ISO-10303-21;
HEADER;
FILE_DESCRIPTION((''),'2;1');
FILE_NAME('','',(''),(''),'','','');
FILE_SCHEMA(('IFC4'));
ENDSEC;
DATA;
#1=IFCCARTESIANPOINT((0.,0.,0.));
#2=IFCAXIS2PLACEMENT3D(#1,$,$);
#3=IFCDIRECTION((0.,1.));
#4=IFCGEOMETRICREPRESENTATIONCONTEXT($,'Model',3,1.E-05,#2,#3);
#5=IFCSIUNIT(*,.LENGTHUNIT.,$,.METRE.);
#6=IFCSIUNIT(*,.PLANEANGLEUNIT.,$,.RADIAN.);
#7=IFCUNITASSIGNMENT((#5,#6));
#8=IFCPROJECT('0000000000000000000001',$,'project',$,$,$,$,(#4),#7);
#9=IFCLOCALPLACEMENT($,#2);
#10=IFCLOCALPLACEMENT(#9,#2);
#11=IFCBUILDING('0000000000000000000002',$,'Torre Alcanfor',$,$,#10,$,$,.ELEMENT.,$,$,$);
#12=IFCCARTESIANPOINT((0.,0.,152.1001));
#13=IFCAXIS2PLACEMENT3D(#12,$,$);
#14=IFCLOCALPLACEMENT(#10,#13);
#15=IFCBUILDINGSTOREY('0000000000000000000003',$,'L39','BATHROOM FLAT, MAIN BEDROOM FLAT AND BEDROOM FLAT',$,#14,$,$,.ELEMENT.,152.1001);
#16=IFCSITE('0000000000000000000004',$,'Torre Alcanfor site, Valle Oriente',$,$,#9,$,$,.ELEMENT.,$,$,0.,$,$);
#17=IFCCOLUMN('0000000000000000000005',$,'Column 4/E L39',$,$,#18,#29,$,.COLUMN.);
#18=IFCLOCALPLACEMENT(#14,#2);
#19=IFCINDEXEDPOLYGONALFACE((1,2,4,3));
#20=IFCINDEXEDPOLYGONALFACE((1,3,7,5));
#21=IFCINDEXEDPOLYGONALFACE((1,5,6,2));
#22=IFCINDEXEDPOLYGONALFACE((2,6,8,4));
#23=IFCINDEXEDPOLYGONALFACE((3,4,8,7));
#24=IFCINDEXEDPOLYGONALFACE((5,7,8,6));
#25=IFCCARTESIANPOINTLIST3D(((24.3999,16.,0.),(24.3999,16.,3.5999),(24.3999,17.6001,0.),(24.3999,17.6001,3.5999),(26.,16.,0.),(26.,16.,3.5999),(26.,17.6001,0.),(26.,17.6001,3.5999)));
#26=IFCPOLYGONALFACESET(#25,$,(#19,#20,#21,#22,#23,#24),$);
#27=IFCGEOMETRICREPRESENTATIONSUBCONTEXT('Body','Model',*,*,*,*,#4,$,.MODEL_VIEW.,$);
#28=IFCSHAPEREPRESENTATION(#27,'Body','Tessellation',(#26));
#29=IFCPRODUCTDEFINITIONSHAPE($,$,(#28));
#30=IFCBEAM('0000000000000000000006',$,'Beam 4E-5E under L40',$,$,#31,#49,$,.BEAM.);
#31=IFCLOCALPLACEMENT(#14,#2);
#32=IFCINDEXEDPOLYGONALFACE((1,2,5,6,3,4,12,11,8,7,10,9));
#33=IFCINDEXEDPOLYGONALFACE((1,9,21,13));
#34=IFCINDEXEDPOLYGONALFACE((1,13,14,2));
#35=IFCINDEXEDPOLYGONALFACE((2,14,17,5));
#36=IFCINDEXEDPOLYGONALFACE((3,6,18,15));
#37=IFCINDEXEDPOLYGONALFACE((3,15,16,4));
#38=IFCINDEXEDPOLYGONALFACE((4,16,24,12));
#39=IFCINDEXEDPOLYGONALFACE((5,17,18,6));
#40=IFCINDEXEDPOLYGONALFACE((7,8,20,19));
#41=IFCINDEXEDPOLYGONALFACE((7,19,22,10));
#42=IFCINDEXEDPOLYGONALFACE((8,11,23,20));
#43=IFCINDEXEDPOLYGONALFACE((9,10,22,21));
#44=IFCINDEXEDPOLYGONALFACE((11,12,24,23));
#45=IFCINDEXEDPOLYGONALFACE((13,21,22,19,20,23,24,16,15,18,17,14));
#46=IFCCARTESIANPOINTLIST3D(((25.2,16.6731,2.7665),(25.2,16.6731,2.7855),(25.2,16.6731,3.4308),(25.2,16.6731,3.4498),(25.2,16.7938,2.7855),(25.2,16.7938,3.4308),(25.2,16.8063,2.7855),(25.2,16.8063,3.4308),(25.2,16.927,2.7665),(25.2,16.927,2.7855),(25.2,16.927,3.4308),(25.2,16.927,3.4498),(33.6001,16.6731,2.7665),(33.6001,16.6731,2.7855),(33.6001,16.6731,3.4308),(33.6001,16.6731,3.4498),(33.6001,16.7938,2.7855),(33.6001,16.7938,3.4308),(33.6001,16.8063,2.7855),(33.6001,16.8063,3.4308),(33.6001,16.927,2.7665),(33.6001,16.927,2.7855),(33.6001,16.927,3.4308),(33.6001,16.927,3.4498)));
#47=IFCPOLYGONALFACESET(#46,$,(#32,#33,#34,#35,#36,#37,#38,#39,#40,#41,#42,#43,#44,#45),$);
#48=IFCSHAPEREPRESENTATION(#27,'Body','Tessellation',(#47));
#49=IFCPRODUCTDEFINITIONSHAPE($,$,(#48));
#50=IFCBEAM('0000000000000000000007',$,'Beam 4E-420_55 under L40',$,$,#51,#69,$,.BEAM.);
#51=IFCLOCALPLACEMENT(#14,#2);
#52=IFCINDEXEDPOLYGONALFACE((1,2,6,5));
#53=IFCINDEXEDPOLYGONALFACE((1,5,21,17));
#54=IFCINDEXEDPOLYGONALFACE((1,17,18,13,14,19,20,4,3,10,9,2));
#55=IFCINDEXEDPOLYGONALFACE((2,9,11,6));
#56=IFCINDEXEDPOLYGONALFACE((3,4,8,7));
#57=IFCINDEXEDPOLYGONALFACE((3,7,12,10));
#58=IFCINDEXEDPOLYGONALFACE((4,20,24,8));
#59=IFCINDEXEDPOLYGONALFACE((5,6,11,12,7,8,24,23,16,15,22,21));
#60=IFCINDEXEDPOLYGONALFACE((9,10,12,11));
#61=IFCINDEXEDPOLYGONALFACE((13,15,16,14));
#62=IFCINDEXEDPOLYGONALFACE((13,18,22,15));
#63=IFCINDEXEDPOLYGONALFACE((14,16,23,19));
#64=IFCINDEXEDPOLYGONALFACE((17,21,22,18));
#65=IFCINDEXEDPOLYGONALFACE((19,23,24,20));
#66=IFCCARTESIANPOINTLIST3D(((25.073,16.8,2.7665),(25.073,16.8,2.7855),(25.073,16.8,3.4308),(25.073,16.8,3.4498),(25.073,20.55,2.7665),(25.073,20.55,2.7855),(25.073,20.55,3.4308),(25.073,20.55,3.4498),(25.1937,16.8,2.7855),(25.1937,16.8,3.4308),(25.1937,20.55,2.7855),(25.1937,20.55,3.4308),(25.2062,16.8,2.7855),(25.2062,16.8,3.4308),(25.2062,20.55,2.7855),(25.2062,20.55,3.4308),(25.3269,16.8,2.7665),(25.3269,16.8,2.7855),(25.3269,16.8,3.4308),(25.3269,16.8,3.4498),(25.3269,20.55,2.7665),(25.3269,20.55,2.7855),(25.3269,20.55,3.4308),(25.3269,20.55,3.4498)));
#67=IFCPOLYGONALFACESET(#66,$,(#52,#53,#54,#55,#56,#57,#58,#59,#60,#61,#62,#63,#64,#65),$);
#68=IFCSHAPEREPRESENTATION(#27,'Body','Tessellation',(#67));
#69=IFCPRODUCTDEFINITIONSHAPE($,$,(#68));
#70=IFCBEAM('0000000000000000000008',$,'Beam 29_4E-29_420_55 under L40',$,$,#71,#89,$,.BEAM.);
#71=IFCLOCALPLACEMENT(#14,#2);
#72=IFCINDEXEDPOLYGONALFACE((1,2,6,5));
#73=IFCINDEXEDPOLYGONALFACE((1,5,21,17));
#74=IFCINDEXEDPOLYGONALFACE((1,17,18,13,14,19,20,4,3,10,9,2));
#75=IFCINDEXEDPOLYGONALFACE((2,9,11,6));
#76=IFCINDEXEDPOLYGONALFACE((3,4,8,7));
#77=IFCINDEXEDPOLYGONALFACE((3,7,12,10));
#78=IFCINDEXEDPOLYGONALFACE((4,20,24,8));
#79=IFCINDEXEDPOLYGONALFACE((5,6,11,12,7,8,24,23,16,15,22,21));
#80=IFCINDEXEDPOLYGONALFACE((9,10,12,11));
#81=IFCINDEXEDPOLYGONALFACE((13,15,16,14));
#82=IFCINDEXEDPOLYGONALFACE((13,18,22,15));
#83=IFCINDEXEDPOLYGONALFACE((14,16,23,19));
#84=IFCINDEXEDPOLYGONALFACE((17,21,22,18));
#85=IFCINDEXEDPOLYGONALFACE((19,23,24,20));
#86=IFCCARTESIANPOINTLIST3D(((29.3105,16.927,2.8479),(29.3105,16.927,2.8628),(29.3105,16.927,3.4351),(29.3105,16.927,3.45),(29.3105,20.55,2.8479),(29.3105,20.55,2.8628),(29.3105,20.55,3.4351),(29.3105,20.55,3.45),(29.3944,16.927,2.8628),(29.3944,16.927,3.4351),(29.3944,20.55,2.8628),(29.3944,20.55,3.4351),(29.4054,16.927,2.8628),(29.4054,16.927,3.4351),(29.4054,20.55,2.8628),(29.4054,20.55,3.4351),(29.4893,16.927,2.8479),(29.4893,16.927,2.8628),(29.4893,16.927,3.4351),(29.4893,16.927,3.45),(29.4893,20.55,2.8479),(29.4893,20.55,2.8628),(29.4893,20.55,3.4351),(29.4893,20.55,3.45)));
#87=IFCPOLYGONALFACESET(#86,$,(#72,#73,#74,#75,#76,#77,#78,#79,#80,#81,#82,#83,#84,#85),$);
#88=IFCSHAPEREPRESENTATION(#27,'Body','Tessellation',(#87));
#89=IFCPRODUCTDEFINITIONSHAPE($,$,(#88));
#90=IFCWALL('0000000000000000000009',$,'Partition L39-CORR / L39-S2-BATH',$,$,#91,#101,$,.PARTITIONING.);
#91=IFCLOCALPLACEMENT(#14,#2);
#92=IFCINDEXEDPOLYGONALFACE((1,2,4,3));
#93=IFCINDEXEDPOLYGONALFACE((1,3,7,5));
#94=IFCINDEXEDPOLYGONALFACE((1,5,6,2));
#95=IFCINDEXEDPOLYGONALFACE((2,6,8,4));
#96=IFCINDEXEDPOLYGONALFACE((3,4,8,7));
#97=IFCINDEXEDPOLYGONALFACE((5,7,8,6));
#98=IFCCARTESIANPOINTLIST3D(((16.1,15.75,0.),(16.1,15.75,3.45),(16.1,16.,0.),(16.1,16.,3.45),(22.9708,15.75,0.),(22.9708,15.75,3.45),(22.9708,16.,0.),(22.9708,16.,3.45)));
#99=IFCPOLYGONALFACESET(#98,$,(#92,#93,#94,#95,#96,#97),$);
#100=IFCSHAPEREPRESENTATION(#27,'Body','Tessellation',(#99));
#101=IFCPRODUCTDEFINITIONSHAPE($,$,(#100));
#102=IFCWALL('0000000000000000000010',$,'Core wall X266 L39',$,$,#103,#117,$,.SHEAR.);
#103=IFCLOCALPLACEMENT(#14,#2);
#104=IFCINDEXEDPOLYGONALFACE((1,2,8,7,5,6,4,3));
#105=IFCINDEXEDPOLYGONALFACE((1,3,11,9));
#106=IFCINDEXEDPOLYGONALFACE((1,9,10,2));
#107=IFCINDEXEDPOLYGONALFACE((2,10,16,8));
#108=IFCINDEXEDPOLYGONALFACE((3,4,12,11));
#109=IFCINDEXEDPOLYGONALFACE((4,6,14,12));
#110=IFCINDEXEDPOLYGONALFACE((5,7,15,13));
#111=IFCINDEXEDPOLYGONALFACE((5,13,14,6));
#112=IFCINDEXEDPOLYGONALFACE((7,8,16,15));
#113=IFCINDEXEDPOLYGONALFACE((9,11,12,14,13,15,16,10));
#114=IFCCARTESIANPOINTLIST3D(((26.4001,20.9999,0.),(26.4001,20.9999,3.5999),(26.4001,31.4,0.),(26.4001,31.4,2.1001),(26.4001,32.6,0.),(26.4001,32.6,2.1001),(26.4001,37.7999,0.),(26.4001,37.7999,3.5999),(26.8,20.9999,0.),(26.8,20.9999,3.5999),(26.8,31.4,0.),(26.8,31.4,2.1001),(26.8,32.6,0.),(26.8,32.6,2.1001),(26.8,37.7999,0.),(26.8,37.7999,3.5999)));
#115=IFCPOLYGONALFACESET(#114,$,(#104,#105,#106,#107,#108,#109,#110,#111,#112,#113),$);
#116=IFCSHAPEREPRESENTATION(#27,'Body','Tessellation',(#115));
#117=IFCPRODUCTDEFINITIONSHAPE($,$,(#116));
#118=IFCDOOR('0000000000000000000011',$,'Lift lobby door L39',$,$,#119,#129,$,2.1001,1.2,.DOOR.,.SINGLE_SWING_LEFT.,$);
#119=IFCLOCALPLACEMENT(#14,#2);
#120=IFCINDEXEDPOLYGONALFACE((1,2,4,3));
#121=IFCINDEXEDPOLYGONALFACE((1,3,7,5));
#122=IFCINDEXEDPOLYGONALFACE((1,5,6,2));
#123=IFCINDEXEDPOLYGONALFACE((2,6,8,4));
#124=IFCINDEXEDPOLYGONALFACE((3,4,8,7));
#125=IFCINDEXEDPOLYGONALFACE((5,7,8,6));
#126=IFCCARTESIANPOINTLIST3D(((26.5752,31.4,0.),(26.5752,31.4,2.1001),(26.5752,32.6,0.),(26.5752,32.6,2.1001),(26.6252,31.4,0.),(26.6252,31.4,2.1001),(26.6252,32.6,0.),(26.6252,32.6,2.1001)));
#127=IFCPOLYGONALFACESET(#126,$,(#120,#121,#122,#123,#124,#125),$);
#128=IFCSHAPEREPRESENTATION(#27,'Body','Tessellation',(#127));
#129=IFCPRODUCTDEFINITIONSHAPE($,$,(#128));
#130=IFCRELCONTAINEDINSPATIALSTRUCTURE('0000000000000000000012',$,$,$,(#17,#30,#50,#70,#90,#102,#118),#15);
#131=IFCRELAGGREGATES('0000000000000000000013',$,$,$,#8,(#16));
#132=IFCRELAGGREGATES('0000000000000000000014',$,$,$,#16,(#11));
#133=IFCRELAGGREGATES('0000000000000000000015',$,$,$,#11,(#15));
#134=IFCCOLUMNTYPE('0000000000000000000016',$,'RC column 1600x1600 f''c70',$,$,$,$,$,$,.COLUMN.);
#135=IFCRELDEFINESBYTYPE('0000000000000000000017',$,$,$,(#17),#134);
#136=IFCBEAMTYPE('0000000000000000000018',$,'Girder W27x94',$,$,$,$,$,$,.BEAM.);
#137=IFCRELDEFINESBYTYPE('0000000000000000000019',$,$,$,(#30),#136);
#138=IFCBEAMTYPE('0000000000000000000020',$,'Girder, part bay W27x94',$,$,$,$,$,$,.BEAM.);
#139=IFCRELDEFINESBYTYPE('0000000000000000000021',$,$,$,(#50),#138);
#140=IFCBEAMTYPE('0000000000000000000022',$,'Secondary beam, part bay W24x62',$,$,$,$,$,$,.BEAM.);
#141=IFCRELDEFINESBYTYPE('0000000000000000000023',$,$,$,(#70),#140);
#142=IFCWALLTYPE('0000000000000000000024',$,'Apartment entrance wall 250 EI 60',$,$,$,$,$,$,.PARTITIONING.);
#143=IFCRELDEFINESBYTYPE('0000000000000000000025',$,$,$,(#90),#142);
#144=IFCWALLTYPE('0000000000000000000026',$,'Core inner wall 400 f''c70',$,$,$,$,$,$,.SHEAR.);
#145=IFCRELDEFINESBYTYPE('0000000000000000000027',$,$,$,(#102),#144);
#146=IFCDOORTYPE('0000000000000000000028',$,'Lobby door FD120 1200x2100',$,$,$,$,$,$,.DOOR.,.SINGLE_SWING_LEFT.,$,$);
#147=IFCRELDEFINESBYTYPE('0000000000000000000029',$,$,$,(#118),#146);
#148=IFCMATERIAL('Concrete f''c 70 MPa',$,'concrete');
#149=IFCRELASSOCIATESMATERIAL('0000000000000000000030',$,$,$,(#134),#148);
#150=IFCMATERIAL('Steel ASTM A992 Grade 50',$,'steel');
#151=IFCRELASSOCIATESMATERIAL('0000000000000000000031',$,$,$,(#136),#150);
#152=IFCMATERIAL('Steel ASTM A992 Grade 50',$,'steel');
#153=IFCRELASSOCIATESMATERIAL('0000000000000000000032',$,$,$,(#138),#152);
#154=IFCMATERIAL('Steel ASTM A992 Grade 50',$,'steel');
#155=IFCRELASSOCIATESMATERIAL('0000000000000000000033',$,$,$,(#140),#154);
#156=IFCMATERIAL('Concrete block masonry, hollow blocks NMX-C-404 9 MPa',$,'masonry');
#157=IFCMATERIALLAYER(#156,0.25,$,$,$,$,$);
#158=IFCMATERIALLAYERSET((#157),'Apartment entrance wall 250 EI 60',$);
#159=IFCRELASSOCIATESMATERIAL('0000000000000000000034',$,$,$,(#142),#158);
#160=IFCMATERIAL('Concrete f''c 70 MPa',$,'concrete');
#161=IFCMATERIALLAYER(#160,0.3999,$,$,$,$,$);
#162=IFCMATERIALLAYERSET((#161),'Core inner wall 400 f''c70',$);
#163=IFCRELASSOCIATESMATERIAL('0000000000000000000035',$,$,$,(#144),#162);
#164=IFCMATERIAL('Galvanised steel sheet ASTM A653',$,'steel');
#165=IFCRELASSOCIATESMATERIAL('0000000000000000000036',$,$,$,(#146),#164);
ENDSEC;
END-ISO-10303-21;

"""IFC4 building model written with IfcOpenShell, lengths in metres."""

from ifc_helpers import new_model, si_unit, direction, frame, frame_2d, origin, origin_2d, place, context, subcontext, project, spatial, rectangle, i_section, extrude, material, layer, layer_set, material_profile, profile_set, type_object, element, fill, save


model = new_model("IFC4")

# Units and contexts
model_context = context("Model", 3, precision=1e-05, world=origin(), true_north=direction((0.0, 1.0)))
body_context = subcontext(model_context, "Body", "Model", "MODEL_VIEW")
ifc_project = project(units=[si_unit("LENGTHUNIT", "METRE"), si_unit("PLANEANGLEUNIT", "RADIAN")], contexts=[model_context])

# Site, building, storey
site_placement = place(None, origin())
site = spatial("IfcSite", under=ifc_project, at=site_placement, Name="Torre Alcanfor site, Valle Oriente", CompositionType="ELEMENT", RefElevation=0.0)
building_placement = place(site_placement, origin())
building = spatial("IfcBuilding", under=site, at=building_placement, Name="Torre Alcanfor", CompositionType="ELEMENT")
storey_placement = place(building_placement, frame((0.0, 0.0, 152.1001)))
storey = spatial("IfcBuildingStorey", under=building, at=storey_placement, Name="L39", Description="BATHROOM FLAT, MAIN BEDROOM FLAT AND BEDROOM FLAT", CompositionType="ELEMENT", Elevation=152.1001)

# Column
ifc_material_1 = material(Name="Concrete f'c 70 MPa", Category="concrete")
ifc_material_profile_1 = material_profile(ifc_material_1, rectangle(XDim=1.6001, YDim=1.6001, at=origin_2d()), Name="1600x1600")
ifc_profile_set_1 = profile_set([ifc_material_profile_1], Name="Concrete f'c 70 MPa")
column_type = type_object("IfcColumnType", Name="RC column 1600x1600 f'c70", PredefinedType="COLUMN", material=ifc_profile_set_1)
column_placement = place(storey_placement, frame((25.2, 16.8, 0.0), z_axis=(0.0, 0.0, 1.0), x_axis=(1.0, 0.0, 0.0)))
element("IfcColumn", 1, at=column_placement, inside=storey, type_object=column_type, Name="Column 4/E L39", PredefinedType="COLUMN", context=body_context, shape_type="SweptSolid", body=[
    extrude(rectangle(XDim=1.6001, YDim=1.6001, at=origin_2d()), origin(), (0.0, 0.0, 1.0), 3.5999),
])

# Beams
ifc_material_2 = material(Name="Steel ASTM A992 Grade 50", Category="steel")
ifc_material_profile_2 = material_profile(ifc_material_2, i_section(OverallWidth=0.2539, OverallDepth=0.6833, WebThickness=0.0125, FlangeThickness=0.019, at=origin_2d()), Name="W27x94")
ifc_profile_set_2 = profile_set([ifc_material_profile_2], Name="Steel ASTM A992 Grade 50")
beam_type_1 = type_object("IfcBeamType", Name="Girder W27x94", PredefinedType="BEAM", material=ifc_profile_set_2)
beam_1_placement = place(storey_placement, frame((25.2, 16.8, 3.1082), z_axis=(1.0, 0.0, 0.0), x_axis=(0.0, 1.0, 0.0)))
element("IfcBeam", 2, at=beam_1_placement, inside=storey, type_object=beam_type_1, Name="Beam 4E-5E under L40", PredefinedType="BEAM", context=body_context, shape_type="SweptSolid", body=[
    extrude(i_section(OverallWidth=0.2539, OverallDepth=0.6833, WebThickness=0.0125, FlangeThickness=0.019, at=origin_2d()), origin(), (0.0, 0.0, 1.0), 8.4001),
])
ifc_material_3 = material(Name="Steel ASTM A992 Grade 50", Category="steel")
ifc_material_profile_3 = material_profile(ifc_material_3, i_section(OverallWidth=0.2539, OverallDepth=0.6833, WebThickness=0.0125, FlangeThickness=0.019, at=origin_2d()), Name="W27x94")
ifc_profile_set_3 = profile_set([ifc_material_profile_3], Name="Steel ASTM A992 Grade 50")
beam_type_2 = type_object("IfcBeamType", Name="Girder, part bay W27x94", PredefinedType="BEAM", material=ifc_profile_set_3)
beam_2_placement = place(storey_placement, frame((25.2, 16.8, 3.1082), z_axis=(0.0, 1.0, 0.0), x_axis=(-1.0, 0.0, 0.0)))
element("IfcBeam", 3, at=beam_2_placement, inside=storey, type_object=beam_type_2, Name="Beam 4E-420_55 under L40", PredefinedType="BEAM", context=body_context, shape_type="SweptSolid", body=[
    extrude(i_section(OverallWidth=0.2539, OverallDepth=0.6833, WebThickness=0.0125, FlangeThickness=0.019, at=origin_2d()), origin(), (0.0, 0.0, 1.0), 3.75),
])
ifc_material_4 = material(Name="Steel ASTM A992 Grade 50", Category="steel")
ifc_material_profile_4 = material_profile(ifc_material_4, i_section(OverallWidth=0.1787, OverallDepth=0.6021, WebThickness=0.011, FlangeThickness=0.0149, at=origin_2d()), Name="W24x62")
ifc_profile_set_4 = profile_set([ifc_material_profile_4], Name="Steel ASTM A992 Grade 50")
beam_type_3 = type_object("IfcBeamType", Name="Secondary beam, part bay W24x62", PredefinedType="BEAM", material=ifc_profile_set_4)
beam_3_placement = place(storey_placement, frame((29.3999, 16.927, 3.1489), z_axis=(0.0, 1.0, 0.0), x_axis=(-1.0, 0.0, 0.0)))
element("IfcBeam", 4, at=beam_3_placement, inside=storey, type_object=beam_type_3, Name="Beam 29_4E-29_420_55 under L40", PredefinedType="BEAM", context=body_context, shape_type="SweptSolid", body=[
    extrude(i_section(OverallWidth=0.1787, OverallDepth=0.6021, WebThickness=0.011, FlangeThickness=0.0149, at=origin_2d()), origin(), (0.0, 0.0, 1.0), 3.623),
])

# Wall
ifc_material_5 = material(Name="Concrete block masonry, hollow blocks NMX-C-404 9 MPa", Category="masonry")
ifc_layer_1 = layer(ifc_material_5, 0.25)
ifc_layer_set_1 = layer_set([ifc_layer_1], Name="Apartment entrance wall 250 EI 60")
wall_type_1 = type_object("IfcWallType", Name="Apartment entrance wall 250 EI 60", PredefinedType="PARTITIONING", material=ifc_layer_set_1)
wall_1_placement = place(storey_placement, frame((22.9709, 15.875, 0.0), z_axis=(0.0, 0.0, 1.0), x_axis=(-1.0, 0.0, 0.0)))
element("IfcWall", 5, at=wall_1_placement, inside=storey, type_object=wall_type_1, Name="Partition L39-CORR / L39-S2-BATH", PredefinedType="PARTITIONING", context=body_context, shape_type="SweptSolid", body=[
    extrude(rectangle(XDim=6.8708, YDim=0.25, at=frame_2d((3.4355, 0.0))), origin(), (0.0, 0.0, 1.0), 3.45),
])

# Wall, opening, door
ifc_material_6 = material(Name="Concrete f'c 70 MPa", Category="concrete")
ifc_layer_2 = layer(ifc_material_6, 0.3999)
ifc_layer_set_2 = layer_set([ifc_layer_2], Name="Core inner wall 400 f'c70")
wall_type_2 = type_object("IfcWallType", Name="Core inner wall 400 f'c70", PredefinedType="SHEAR", material=ifc_layer_set_2)
wall_2_placement = place(storey_placement, frame((26.6001, 21.0, 0.0), z_axis=(0.0, 0.0, 1.0), x_axis=(0.0, 1.0, 0.0)))
wall_2 = element("IfcWall", 6, at=wall_2_placement, inside=storey, type_object=wall_type_2, Name="Core wall X266 L39", PredefinedType="SHEAR", context=body_context, shape_type="SweptSolid", body=[
    extrude(rectangle(XDim=16.8, YDim=0.3999, at=frame_2d((8.3999, 0.0))), origin(), (0.0, 0.0, 1.0), 3.5999),
])
opening_1_placement = place(wall_2_placement, frame((10.3999, 0.0, 0.0)))
opening_1 = element("IfcOpeningElement", 7, at=opening_1_placement, cuts=wall_2, PredefinedType="OPENING", context=body_context, shape_type="SweptSolid", body=[
    extrude(rectangle(XDim=1.2, YDim=2.1001, at=frame_2d((0.6001, 1.05))), frame((0.0, 0.21, 0.0), z_axis=(0.0, -1.0, 0.0), x_axis=(1.0, 0.0, 0.0)), (0.0, 0.0, 1.0), 0.4199),
])
ifc_material_7 = material(Name="Galvanised steel sheet ASTM A653", Category="steel")
door_type_1 = type_object("IfcDoorType", Name="Lobby door FD120 1200x2100", OperationType="SINGLE_SWING_LEFT", PredefinedType="DOOR", material=ifc_material_7)
door_1_placement = place(opening_1_placement, origin())
door_1 = element("IfcDoor", 8, at=door_1_placement, inside=storey, type_object=door_type_1, Name="Lift lobby door L39", OperationType="SINGLE_SWING_LEFT", OverallHeight=2.1001, OverallWidth=1.2, PredefinedType="DOOR", context=body_context, shape_type="SweptSolid", body=[
    extrude(rectangle(XDim=1.2, YDim=2.1001, at=frame_2d((0.6001, 1.05))), frame((0.0, 0.0249, 0.0), z_axis=(0.0, -1.0, 0.0), x_axis=(1.0, 0.0, 0.0)), (0.0, 0.0, 1.0), 0.05),
])
fill(opening_1, door_1)

save(model, "model.ifc")
